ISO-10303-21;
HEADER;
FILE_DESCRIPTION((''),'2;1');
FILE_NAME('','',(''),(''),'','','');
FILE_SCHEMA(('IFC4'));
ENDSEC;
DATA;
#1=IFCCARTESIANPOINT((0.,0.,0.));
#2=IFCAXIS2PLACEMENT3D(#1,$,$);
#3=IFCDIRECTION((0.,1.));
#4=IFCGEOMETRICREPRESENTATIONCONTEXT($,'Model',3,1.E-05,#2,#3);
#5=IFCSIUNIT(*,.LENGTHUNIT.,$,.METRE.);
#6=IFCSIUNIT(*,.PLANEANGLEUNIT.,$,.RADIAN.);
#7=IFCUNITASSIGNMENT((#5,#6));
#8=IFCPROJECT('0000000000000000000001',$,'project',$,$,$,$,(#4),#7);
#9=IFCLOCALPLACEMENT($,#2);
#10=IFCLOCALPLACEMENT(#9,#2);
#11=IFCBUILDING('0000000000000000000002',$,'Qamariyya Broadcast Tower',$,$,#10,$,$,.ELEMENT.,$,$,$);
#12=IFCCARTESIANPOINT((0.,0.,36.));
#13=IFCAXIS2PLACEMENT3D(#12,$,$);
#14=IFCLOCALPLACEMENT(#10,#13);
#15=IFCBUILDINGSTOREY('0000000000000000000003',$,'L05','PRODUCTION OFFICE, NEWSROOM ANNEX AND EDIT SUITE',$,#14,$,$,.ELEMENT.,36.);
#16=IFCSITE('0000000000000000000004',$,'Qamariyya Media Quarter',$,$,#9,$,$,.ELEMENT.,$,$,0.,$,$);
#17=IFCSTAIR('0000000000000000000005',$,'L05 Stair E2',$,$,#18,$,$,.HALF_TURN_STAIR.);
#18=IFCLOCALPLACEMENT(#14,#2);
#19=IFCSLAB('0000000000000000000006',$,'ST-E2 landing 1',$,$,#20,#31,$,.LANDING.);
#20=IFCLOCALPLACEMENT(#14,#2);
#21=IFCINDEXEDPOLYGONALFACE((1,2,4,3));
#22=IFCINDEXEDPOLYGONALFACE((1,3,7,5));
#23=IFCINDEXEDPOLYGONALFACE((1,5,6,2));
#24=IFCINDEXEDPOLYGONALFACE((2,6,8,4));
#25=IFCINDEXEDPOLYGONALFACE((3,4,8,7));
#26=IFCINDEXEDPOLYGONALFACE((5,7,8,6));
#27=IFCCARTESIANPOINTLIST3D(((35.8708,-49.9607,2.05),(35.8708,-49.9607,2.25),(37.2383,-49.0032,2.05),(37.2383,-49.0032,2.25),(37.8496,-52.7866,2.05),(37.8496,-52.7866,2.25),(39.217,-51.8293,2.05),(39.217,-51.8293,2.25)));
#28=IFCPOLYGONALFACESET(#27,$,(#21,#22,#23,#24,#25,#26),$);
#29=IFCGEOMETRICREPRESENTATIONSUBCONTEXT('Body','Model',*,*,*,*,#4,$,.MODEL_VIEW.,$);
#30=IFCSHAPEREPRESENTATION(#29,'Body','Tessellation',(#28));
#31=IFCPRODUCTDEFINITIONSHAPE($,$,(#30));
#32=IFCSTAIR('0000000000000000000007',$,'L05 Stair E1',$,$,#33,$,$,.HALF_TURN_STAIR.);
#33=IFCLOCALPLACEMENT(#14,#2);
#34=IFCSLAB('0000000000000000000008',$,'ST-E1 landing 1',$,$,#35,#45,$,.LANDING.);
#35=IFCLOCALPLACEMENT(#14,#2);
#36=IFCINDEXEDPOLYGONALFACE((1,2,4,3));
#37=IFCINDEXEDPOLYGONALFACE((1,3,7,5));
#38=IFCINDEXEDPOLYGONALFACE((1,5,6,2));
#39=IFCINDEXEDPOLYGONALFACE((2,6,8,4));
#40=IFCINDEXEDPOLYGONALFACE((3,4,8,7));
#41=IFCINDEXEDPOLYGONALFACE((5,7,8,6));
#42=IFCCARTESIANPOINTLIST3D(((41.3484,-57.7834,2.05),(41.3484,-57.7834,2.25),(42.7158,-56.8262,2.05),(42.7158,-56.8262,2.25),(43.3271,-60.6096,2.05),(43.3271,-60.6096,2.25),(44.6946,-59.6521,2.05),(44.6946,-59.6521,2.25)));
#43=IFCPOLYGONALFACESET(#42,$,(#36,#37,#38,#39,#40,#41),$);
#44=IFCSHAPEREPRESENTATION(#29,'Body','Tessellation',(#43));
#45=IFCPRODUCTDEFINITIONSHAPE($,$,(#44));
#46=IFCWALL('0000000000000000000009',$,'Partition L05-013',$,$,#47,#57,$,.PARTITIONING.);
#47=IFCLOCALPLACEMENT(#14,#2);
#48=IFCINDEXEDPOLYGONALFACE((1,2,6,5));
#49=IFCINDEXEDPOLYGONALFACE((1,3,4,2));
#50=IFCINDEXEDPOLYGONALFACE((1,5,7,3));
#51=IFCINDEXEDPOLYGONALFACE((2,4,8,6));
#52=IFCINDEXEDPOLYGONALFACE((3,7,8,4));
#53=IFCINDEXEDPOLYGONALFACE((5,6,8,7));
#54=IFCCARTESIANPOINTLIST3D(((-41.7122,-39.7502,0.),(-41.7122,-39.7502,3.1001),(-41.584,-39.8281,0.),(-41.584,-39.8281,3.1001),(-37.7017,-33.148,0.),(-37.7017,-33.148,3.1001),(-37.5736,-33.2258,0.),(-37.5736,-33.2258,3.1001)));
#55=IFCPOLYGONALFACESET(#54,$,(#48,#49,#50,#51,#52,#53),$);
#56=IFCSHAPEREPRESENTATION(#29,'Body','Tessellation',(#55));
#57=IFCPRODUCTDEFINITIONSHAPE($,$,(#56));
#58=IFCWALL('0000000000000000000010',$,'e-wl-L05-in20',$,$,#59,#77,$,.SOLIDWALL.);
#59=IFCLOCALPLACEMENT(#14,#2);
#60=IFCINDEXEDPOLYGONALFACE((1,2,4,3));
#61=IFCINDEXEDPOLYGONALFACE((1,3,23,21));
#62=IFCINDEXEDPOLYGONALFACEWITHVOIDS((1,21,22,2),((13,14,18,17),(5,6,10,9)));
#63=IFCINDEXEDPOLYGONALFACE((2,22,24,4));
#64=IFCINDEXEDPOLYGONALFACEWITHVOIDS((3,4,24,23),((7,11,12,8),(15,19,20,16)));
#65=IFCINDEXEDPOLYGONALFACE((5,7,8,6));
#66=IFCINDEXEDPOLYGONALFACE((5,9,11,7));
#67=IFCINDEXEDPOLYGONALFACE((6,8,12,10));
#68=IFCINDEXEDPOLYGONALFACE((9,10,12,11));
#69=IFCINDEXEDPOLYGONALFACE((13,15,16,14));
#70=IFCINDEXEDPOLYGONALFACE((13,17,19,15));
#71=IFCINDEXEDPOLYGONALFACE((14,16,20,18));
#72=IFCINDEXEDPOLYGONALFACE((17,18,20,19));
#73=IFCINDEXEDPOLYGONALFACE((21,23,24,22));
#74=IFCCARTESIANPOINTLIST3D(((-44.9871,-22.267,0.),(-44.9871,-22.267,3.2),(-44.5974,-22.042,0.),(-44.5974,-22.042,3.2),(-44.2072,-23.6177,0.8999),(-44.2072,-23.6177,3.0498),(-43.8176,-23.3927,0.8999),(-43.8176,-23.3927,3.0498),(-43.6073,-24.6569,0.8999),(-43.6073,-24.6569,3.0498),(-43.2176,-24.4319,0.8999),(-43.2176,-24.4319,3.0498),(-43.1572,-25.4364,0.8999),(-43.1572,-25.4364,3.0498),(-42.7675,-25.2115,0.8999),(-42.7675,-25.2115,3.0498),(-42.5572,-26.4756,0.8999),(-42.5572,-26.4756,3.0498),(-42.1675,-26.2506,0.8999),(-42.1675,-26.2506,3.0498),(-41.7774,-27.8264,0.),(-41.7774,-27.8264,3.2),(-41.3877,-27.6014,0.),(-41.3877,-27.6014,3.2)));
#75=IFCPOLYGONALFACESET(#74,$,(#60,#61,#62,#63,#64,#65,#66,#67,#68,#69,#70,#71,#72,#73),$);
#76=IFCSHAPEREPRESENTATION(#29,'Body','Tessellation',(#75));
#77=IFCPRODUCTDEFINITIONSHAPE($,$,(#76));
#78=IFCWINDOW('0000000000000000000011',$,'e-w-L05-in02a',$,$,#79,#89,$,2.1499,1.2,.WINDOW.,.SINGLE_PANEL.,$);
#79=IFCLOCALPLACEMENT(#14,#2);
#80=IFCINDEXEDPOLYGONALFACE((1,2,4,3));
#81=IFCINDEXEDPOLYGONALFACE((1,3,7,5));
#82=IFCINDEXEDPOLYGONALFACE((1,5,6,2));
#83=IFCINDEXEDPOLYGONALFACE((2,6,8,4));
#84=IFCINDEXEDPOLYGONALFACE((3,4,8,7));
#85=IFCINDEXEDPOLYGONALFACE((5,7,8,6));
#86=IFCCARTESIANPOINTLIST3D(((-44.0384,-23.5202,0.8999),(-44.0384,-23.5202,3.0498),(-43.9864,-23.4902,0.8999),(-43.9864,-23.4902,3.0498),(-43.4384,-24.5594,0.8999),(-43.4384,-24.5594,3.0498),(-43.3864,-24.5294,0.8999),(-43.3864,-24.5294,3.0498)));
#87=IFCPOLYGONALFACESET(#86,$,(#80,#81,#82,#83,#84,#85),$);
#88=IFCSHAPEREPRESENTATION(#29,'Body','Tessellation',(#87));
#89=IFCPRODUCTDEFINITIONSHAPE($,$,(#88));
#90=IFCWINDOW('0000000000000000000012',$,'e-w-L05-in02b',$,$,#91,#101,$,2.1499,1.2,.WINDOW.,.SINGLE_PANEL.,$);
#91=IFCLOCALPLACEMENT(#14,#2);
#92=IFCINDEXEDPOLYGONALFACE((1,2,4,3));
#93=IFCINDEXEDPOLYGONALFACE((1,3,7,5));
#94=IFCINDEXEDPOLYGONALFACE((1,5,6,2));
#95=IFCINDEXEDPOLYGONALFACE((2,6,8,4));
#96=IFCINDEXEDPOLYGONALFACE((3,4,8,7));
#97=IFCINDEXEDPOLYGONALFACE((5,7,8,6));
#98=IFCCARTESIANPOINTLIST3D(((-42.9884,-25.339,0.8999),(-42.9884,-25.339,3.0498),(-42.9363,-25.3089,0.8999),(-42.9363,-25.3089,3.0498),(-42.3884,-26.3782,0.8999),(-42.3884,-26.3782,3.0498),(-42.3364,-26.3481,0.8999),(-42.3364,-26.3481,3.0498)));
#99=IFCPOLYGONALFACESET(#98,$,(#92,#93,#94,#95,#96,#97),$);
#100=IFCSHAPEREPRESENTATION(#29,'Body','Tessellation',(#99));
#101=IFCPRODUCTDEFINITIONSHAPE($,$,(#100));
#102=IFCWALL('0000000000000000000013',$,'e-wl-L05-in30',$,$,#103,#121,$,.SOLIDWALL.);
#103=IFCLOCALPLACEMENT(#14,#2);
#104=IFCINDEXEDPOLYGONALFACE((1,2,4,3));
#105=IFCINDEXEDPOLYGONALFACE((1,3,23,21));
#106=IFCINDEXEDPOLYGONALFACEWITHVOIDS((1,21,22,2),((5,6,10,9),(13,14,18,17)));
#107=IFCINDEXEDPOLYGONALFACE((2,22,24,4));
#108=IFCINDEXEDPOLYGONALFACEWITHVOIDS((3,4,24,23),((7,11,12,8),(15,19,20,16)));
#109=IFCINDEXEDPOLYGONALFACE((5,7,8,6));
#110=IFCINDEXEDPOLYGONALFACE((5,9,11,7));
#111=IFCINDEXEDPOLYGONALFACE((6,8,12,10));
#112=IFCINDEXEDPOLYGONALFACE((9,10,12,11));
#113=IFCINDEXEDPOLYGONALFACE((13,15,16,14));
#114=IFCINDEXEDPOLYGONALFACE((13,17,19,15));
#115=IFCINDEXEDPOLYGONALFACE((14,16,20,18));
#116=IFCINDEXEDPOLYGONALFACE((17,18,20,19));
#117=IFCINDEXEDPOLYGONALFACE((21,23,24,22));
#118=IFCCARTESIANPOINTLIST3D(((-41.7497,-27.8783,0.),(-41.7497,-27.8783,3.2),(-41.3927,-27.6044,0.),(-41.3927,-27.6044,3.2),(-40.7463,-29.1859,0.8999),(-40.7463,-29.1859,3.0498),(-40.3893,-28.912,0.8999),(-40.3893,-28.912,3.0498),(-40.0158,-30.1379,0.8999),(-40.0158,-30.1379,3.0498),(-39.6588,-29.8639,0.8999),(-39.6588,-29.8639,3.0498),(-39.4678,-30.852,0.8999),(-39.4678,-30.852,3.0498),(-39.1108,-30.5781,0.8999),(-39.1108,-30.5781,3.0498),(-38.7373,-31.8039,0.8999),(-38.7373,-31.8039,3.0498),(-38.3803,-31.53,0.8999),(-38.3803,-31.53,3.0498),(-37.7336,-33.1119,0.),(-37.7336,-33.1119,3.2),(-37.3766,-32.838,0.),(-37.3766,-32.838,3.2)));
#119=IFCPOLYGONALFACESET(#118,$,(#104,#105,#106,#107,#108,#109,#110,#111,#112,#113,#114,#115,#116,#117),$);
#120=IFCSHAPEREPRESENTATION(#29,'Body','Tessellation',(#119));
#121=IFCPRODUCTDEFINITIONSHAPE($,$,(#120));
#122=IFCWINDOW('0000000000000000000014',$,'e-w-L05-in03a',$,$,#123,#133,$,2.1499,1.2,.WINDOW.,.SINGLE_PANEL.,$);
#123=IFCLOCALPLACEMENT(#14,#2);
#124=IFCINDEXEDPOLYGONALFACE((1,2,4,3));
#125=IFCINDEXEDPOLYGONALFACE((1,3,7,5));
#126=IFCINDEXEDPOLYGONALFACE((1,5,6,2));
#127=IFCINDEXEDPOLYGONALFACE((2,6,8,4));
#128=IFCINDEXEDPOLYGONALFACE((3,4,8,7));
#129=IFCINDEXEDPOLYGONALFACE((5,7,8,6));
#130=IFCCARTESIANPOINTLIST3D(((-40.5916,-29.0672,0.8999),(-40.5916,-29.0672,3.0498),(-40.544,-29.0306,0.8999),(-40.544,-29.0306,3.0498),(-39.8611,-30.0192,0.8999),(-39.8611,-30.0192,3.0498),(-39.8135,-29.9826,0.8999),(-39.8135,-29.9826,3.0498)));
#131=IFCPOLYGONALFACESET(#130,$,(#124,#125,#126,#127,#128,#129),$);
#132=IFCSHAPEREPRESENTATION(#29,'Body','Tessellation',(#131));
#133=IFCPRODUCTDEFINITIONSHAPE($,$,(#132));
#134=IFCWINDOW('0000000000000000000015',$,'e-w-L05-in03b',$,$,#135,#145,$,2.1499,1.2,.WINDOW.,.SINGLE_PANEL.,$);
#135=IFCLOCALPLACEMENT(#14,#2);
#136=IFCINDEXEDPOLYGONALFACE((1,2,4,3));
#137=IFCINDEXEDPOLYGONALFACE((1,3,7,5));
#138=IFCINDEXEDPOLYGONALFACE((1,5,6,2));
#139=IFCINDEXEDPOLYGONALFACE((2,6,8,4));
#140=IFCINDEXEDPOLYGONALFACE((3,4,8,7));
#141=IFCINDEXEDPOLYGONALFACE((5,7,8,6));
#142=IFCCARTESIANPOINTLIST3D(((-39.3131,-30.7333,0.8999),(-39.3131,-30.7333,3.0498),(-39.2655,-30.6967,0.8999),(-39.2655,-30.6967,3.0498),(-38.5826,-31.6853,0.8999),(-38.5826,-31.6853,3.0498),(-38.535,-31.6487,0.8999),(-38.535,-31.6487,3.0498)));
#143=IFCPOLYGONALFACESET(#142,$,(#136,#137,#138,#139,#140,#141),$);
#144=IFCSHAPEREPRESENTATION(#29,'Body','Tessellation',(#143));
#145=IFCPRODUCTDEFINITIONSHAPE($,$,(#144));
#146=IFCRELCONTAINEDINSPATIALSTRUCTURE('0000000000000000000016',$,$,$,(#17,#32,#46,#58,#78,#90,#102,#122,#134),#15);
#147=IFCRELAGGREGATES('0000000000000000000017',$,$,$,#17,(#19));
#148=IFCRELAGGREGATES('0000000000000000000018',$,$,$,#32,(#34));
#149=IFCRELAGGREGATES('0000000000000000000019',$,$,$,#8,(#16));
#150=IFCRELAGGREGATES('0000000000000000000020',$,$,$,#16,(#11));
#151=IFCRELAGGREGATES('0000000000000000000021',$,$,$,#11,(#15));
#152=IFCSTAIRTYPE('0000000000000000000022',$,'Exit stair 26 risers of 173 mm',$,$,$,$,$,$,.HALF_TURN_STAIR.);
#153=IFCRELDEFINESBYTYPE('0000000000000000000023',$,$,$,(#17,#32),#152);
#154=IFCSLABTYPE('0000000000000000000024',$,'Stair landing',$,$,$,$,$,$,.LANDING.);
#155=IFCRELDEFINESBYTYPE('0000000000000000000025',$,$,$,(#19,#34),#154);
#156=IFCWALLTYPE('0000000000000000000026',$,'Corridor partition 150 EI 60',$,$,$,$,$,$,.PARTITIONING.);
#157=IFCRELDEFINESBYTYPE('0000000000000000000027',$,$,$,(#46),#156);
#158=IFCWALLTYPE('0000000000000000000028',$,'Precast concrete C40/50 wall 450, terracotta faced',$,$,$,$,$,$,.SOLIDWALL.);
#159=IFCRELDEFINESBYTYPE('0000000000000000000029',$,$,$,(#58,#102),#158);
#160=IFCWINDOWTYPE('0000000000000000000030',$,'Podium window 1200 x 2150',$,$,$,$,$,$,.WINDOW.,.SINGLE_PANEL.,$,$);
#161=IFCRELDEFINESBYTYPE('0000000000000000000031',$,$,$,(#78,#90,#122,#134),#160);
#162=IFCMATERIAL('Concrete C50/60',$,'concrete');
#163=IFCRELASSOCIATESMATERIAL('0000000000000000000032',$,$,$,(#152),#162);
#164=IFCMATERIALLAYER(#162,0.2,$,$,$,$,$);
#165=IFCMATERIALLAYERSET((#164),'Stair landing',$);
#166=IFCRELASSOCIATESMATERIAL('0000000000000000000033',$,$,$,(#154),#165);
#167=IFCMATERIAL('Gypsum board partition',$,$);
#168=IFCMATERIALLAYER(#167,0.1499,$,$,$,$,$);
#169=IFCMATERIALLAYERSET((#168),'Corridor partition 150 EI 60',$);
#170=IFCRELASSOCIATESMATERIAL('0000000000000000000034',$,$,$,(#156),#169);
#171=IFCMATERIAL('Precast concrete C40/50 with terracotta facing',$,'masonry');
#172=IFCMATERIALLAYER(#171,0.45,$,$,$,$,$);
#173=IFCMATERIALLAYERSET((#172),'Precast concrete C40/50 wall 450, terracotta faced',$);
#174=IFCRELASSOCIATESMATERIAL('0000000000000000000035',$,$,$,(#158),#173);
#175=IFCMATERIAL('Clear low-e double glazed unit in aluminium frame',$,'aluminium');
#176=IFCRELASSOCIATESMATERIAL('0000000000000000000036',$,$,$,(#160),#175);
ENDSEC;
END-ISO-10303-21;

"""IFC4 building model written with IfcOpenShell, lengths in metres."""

from ifc_helpers import new_model, si_unit, direction, frame, frame_2d, origin, place, context, subcontext, project, spatial, polyline, rectangle, outline, extrude, material, layer, layer_set, type_object, element, fill, aggregate, save


model = new_model("IFC4")

# Units and contexts
model_context = context("Model", 3, precision=1e-05, world=origin(), true_north=direction((0.0, 1.0)))
body_context = subcontext(model_context, "Body", "Model", "MODEL_VIEW")
ifc_project = project(units=[si_unit("LENGTHUNIT", "METRE"), si_unit("PLANEANGLEUNIT", "RADIAN")], contexts=[model_context])

# Site, building, storey
site_placement = place(None, origin())
site = spatial("IfcSite", under=ifc_project, at=site_placement, Name="Qamariyya Media Quarter", CompositionType="ELEMENT", RefElevation=0.0)
building_placement = place(site_placement, origin())
building = spatial("IfcBuilding", under=site, at=building_placement, Name="Qamariyya Broadcast Tower", CompositionType="ELEMENT")
storey_placement = place(building_placement, frame((0.0, 0.0, 36.0)))
storey = spatial("IfcBuildingStorey", under=building, at=storey_placement, Name="L05", Description="PRODUCTION OFFICE, NEWSROOM ANNEX AND EDIT SUITE", CompositionType="ELEMENT", Elevation=36.0)

# Shared definitions
ifc_material_1 = material(Name="Concrete C50/60", Category="concrete")

# Stairs, slabs
stair_type = type_object("IfcStairType", Name="Exit stair 26 risers of 173 mm", PredefinedType="HALF_TURN_STAIR", material=ifc_material_1)
ifc_layer_1 = layer(ifc_material_1, 0.2)
ifc_layer_set_1 = layer_set([ifc_layer_1], Name="Stair landing")
slab_type_1 = type_object("IfcSlabType", Name="Stair landing", PredefinedType="LANDING", material=ifc_layer_set_1)
stair_1_placement = place(storey_placement, origin())
stair_1 = element("IfcStair", 1, at=stair_1_placement, inside=storey, type_object=stair_type, Name="L05 Stair E2", PredefinedType="HALF_TURN_STAIR")
slab_1_placement = place(storey_placement, frame((0.0, 0.0, 2.05)))
slab_1 = element("IfcSlab", 2, at=slab_1_placement, type_object=slab_type_1, Name="ST-E2 landing 1", PredefinedType="LANDING", context=body_context, shape_type="SweptSolid", body=[
    extrude(outline(polyline([(37.2383, -49.0032), (35.8708, -49.9607), (37.8496, -52.7866), (39.217, -51.8293), (37.2383, -49.0032)])), origin(), (0.0, 0.0, 1.0), 0.2),
])
aggregate(stair_1, [slab_1])
stair_2_placement = place(storey_placement, origin())
stair_2 = element("IfcStair", 3, at=stair_2_placement, inside=storey, type_object=stair_type, Name="L05 Stair E1", PredefinedType="HALF_TURN_STAIR")
slab_2_placement = place(storey_placement, frame((0.0, 0.0, 2.05)))
slab_2 = element("IfcSlab", 4, at=slab_2_placement, type_object=slab_type_1, Name="ST-E1 landing 1", PredefinedType="LANDING", context=body_context, shape_type="SweptSolid", body=[
    extrude(outline(polyline([(42.7158, -56.8262), (41.3484, -57.7834), (43.3271, -60.6096), (44.6946, -59.6521), (42.7158, -56.8262)])), origin(), (0.0, 0.0, 1.0), 0.2),
])
aggregate(stair_2, [slab_2])

# Wall
ifc_material_2 = material(Name="Gypsum board partition")
ifc_layer_2 = layer(ifc_material_2, 0.1499)
ifc_layer_set_2 = layer_set([ifc_layer_2], Name="Corridor partition 150 EI 60")
wall_type_1 = type_object("IfcWallType", Name="Corridor partition 150 EI 60", PredefinedType="PARTITIONING", material=ifc_layer_set_2)
wall_1_placement = place(storey_placement, frame((-37.6377, -33.187, 0.0), z_axis=(0.0, 0.0, 1.0), x_axis=(-0.519164, -0.854675, 0.0)))
element("IfcWall", 5, at=wall_1_placement, inside=storey, type_object=wall_type_1, Name="Partition L05-013", PredefinedType="PARTITIONING", context=body_context, shape_type="SweptSolid", body=[
    extrude(rectangle(XDim=7.7249, YDim=0.1499, at=frame_2d((3.8623, 0.0))), origin(), (0.0, 0.0, 1.0), 3.1001),
])

# Walls, openings, windows
ifc_material_3 = material(Name="Precast concrete C40/50 with terracotta facing", Category="masonry")
ifc_layer_3 = layer(ifc_material_3, 0.45)
ifc_layer_set_3 = layer_set([ifc_layer_3], Name="Precast concrete C40/50 wall 450, terracotta faced")
wall_type_2 = type_object("IfcWallType", Name="Precast concrete C40/50 wall 450, terracotta faced", PredefinedType="SOLIDWALL", material=ifc_layer_set_3)
wall_2_placement = place(storey_placement, frame((-41.5825, -27.7139, 0.0), z_axis=(0.0, 0.0, 1.0), x_axis=(-0.500004, 0.866023, 0.0)))
wall_2 = element("IfcWall", 6, at=wall_2_placement, inside=storey, type_object=wall_type_2, Name="e-wl-L05-in20", PredefinedType="SOLIDWALL", context=body_context, shape_type="SweptSolid", body=[
    extrude(rectangle(XDim=6.4194, YDim=0.45, at=frame_2d((3.2097, 0.0))), origin(), (0.0, 0.0, 1.0), 3.2),
])
opening_1_placement = place(wall_2_placement, frame((3.6597, 0.0, 0.8999)))
opening_1 = element("IfcOpeningElement", 7, at=opening_1_placement, cuts=wall_2, PredefinedType="OPENING", context=body_context, shape_type="SweptSolid", body=[
    extrude(rectangle(XDim=1.2, YDim=2.1499, at=frame_2d((0.6001, 1.075))), frame((0.0, 0.2349, 0.0), z_axis=(0.0, -1.0, 0.0), x_axis=(1.0, 0.0, 0.0)), (0.0, 0.0, 1.0), 0.47),
])
opening_2_placement = place(wall_2_placement, frame((1.5596, 0.0, 0.8999)))
opening_2 = element("IfcOpeningElement", 8, at=opening_2_placement, cuts=wall_2, PredefinedType="OPENING", context=body_context, shape_type="SweptSolid", body=[
    extrude(rectangle(XDim=1.2, YDim=2.1499, at=frame_2d((0.6001, 1.075))), frame((0.0, 0.2349, 0.0), z_axis=(0.0, -1.0, 0.0), x_axis=(1.0, 0.0, 0.0)), (0.0, 0.0, 1.0), 0.47),
])
ifc_material_4 = material(Name="Clear low-e double glazed unit in aluminium frame", Category="aluminium")
window_type = type_object("IfcWindowType", Name="Podium window 1200 x 2150", PartitioningType="SINGLE_PANEL", PredefinedType="WINDOW", material=ifc_material_4)
window_1_placement = place(opening_1_placement, origin())
window_1 = element("IfcWindow", 9, at=window_1_placement, inside=storey, type_object=window_type, Name="e-w-L05-in02a", OverallHeight=2.1499, OverallWidth=1.2, PartitioningType="SINGLE_PANEL", PredefinedType="WINDOW", context=body_context, shape_type="SweptSolid", body=[
    extrude(rectangle(XDim=1.2, YDim=2.1499, at=frame_2d((0.6001, 1.075))), frame((0.0, 0.03, 0.0), z_axis=(0.0, -1.0, 0.0), x_axis=(1.0, 0.0, 0.0)), (0.0, 0.0, 1.0), 0.0601),
])
fill(opening_1, window_1)
window_2_placement = place(opening_2_placement, origin())
window_2 = element("IfcWindow", 10, at=window_2_placement, inside=storey, type_object=window_type, Name="e-w-L05-in02b", OverallHeight=2.1499, OverallWidth=1.2, PartitioningType="SINGLE_PANEL", PredefinedType="WINDOW", context=body_context, shape_type="SweptSolid", body=[
    extrude(rectangle(XDim=1.2, YDim=2.1499, at=frame_2d((0.6001, 1.075))), frame((0.0, 0.03, 0.0), z_axis=(0.0, -1.0, 0.0), x_axis=(1.0, 0.0, 0.0)), (0.0, 0.0, 1.0), 0.0601),
])
fill(opening_2, window_2)
wall_3_placement = place(storey_placement, frame((-37.5552, -32.9749, 0.0), z_axis=(0.0, 0.0, 1.0), x_axis=(-0.60878, 0.793339, 0.0)))
wall_3 = element("IfcWall", 11, at=wall_3_placement, inside=storey, type_object=wall_type_2, Name="e-wl-L05-in30", PredefinedType="SOLIDWALL", context=body_context, shape_type="SweptSolid", body=[
    extrude(rectangle(XDim=6.5969, YDim=0.45, at=frame_2d((3.2983, 0.0))), origin(), (0.0, 0.0, 1.0), 3.2),
])
opening_3_placement = place(wall_3_placement, frame((3.7485, 0.0, 0.8999)))
opening_3 = element("IfcOpeningElement", 12, at=opening_3_placement, cuts=wall_3, PredefinedType="OPENING", context=body_context, shape_type="SweptSolid", body=[
    extrude(rectangle(XDim=1.2, YDim=2.1499, at=frame_2d((0.6001, 1.075))), frame((0.0, 0.2349, 0.0), z_axis=(0.0, -1.0, 0.0), x_axis=(1.0, 0.0, 0.0)), (0.0, 0.0, 1.0), 0.47),
])
opening_4_placement = place(wall_3_placement, frame((1.6484, 0.0, 0.8999)))
opening_4 = element("IfcOpeningElement", 13, at=opening_4_placement, cuts=wall_3, PredefinedType="OPENING", context=body_context, shape_type="SweptSolid", body=[
    extrude(rectangle(XDim=1.2, YDim=2.1499, at=frame_2d((0.6001, 1.075))), frame((0.0, 0.2349, 0.0), z_axis=(0.0, -1.0, 0.0), x_axis=(1.0, 0.0, 0.0)), (0.0, 0.0, 1.0), 0.47),
])
window_3_placement = place(opening_3_placement, origin())
window_3 = element("IfcWindow", 14, at=window_3_placement, inside=storey, type_object=window_type, Name="e-w-L05-in03a", OverallHeight=2.1499, OverallWidth=1.2, PartitioningType="SINGLE_PANEL", PredefinedType="WINDOW", context=body_context, shape_type="SweptSolid", body=[
    extrude(rectangle(XDim=1.2, YDim=2.1499, at=frame_2d((0.6001, 1.075))), frame((0.0, 0.03, 0.0), z_axis=(0.0, -1.0, 0.0), x_axis=(1.0, 0.0, 0.0)), (0.0, 0.0, 1.0), 0.0601),
])
fill(opening_3, window_3)
window_4_placement = place(opening_4_placement, origin())
window_4 = element("IfcWindow", 15, at=window_4_placement, inside=storey, type_object=window_type, Name="e-w-L05-in03b", OverallHeight=2.1499, OverallWidth=1.2, PartitioningType="SINGLE_PANEL", PredefinedType="WINDOW", context=body_context, shape_type="SweptSolid", body=[
    extrude(rectangle(XDim=1.2, YDim=2.1499, at=frame_2d((0.6001, 1.075))), frame((0.0, 0.03, 0.0), z_axis=(0.0, -1.0, 0.0), x_axis=(1.0, 0.0, 0.0)), (0.0, 0.0, 1.0), 0.0601),
])
fill(opening_4, window_4)

save(model, "model.ifc")
